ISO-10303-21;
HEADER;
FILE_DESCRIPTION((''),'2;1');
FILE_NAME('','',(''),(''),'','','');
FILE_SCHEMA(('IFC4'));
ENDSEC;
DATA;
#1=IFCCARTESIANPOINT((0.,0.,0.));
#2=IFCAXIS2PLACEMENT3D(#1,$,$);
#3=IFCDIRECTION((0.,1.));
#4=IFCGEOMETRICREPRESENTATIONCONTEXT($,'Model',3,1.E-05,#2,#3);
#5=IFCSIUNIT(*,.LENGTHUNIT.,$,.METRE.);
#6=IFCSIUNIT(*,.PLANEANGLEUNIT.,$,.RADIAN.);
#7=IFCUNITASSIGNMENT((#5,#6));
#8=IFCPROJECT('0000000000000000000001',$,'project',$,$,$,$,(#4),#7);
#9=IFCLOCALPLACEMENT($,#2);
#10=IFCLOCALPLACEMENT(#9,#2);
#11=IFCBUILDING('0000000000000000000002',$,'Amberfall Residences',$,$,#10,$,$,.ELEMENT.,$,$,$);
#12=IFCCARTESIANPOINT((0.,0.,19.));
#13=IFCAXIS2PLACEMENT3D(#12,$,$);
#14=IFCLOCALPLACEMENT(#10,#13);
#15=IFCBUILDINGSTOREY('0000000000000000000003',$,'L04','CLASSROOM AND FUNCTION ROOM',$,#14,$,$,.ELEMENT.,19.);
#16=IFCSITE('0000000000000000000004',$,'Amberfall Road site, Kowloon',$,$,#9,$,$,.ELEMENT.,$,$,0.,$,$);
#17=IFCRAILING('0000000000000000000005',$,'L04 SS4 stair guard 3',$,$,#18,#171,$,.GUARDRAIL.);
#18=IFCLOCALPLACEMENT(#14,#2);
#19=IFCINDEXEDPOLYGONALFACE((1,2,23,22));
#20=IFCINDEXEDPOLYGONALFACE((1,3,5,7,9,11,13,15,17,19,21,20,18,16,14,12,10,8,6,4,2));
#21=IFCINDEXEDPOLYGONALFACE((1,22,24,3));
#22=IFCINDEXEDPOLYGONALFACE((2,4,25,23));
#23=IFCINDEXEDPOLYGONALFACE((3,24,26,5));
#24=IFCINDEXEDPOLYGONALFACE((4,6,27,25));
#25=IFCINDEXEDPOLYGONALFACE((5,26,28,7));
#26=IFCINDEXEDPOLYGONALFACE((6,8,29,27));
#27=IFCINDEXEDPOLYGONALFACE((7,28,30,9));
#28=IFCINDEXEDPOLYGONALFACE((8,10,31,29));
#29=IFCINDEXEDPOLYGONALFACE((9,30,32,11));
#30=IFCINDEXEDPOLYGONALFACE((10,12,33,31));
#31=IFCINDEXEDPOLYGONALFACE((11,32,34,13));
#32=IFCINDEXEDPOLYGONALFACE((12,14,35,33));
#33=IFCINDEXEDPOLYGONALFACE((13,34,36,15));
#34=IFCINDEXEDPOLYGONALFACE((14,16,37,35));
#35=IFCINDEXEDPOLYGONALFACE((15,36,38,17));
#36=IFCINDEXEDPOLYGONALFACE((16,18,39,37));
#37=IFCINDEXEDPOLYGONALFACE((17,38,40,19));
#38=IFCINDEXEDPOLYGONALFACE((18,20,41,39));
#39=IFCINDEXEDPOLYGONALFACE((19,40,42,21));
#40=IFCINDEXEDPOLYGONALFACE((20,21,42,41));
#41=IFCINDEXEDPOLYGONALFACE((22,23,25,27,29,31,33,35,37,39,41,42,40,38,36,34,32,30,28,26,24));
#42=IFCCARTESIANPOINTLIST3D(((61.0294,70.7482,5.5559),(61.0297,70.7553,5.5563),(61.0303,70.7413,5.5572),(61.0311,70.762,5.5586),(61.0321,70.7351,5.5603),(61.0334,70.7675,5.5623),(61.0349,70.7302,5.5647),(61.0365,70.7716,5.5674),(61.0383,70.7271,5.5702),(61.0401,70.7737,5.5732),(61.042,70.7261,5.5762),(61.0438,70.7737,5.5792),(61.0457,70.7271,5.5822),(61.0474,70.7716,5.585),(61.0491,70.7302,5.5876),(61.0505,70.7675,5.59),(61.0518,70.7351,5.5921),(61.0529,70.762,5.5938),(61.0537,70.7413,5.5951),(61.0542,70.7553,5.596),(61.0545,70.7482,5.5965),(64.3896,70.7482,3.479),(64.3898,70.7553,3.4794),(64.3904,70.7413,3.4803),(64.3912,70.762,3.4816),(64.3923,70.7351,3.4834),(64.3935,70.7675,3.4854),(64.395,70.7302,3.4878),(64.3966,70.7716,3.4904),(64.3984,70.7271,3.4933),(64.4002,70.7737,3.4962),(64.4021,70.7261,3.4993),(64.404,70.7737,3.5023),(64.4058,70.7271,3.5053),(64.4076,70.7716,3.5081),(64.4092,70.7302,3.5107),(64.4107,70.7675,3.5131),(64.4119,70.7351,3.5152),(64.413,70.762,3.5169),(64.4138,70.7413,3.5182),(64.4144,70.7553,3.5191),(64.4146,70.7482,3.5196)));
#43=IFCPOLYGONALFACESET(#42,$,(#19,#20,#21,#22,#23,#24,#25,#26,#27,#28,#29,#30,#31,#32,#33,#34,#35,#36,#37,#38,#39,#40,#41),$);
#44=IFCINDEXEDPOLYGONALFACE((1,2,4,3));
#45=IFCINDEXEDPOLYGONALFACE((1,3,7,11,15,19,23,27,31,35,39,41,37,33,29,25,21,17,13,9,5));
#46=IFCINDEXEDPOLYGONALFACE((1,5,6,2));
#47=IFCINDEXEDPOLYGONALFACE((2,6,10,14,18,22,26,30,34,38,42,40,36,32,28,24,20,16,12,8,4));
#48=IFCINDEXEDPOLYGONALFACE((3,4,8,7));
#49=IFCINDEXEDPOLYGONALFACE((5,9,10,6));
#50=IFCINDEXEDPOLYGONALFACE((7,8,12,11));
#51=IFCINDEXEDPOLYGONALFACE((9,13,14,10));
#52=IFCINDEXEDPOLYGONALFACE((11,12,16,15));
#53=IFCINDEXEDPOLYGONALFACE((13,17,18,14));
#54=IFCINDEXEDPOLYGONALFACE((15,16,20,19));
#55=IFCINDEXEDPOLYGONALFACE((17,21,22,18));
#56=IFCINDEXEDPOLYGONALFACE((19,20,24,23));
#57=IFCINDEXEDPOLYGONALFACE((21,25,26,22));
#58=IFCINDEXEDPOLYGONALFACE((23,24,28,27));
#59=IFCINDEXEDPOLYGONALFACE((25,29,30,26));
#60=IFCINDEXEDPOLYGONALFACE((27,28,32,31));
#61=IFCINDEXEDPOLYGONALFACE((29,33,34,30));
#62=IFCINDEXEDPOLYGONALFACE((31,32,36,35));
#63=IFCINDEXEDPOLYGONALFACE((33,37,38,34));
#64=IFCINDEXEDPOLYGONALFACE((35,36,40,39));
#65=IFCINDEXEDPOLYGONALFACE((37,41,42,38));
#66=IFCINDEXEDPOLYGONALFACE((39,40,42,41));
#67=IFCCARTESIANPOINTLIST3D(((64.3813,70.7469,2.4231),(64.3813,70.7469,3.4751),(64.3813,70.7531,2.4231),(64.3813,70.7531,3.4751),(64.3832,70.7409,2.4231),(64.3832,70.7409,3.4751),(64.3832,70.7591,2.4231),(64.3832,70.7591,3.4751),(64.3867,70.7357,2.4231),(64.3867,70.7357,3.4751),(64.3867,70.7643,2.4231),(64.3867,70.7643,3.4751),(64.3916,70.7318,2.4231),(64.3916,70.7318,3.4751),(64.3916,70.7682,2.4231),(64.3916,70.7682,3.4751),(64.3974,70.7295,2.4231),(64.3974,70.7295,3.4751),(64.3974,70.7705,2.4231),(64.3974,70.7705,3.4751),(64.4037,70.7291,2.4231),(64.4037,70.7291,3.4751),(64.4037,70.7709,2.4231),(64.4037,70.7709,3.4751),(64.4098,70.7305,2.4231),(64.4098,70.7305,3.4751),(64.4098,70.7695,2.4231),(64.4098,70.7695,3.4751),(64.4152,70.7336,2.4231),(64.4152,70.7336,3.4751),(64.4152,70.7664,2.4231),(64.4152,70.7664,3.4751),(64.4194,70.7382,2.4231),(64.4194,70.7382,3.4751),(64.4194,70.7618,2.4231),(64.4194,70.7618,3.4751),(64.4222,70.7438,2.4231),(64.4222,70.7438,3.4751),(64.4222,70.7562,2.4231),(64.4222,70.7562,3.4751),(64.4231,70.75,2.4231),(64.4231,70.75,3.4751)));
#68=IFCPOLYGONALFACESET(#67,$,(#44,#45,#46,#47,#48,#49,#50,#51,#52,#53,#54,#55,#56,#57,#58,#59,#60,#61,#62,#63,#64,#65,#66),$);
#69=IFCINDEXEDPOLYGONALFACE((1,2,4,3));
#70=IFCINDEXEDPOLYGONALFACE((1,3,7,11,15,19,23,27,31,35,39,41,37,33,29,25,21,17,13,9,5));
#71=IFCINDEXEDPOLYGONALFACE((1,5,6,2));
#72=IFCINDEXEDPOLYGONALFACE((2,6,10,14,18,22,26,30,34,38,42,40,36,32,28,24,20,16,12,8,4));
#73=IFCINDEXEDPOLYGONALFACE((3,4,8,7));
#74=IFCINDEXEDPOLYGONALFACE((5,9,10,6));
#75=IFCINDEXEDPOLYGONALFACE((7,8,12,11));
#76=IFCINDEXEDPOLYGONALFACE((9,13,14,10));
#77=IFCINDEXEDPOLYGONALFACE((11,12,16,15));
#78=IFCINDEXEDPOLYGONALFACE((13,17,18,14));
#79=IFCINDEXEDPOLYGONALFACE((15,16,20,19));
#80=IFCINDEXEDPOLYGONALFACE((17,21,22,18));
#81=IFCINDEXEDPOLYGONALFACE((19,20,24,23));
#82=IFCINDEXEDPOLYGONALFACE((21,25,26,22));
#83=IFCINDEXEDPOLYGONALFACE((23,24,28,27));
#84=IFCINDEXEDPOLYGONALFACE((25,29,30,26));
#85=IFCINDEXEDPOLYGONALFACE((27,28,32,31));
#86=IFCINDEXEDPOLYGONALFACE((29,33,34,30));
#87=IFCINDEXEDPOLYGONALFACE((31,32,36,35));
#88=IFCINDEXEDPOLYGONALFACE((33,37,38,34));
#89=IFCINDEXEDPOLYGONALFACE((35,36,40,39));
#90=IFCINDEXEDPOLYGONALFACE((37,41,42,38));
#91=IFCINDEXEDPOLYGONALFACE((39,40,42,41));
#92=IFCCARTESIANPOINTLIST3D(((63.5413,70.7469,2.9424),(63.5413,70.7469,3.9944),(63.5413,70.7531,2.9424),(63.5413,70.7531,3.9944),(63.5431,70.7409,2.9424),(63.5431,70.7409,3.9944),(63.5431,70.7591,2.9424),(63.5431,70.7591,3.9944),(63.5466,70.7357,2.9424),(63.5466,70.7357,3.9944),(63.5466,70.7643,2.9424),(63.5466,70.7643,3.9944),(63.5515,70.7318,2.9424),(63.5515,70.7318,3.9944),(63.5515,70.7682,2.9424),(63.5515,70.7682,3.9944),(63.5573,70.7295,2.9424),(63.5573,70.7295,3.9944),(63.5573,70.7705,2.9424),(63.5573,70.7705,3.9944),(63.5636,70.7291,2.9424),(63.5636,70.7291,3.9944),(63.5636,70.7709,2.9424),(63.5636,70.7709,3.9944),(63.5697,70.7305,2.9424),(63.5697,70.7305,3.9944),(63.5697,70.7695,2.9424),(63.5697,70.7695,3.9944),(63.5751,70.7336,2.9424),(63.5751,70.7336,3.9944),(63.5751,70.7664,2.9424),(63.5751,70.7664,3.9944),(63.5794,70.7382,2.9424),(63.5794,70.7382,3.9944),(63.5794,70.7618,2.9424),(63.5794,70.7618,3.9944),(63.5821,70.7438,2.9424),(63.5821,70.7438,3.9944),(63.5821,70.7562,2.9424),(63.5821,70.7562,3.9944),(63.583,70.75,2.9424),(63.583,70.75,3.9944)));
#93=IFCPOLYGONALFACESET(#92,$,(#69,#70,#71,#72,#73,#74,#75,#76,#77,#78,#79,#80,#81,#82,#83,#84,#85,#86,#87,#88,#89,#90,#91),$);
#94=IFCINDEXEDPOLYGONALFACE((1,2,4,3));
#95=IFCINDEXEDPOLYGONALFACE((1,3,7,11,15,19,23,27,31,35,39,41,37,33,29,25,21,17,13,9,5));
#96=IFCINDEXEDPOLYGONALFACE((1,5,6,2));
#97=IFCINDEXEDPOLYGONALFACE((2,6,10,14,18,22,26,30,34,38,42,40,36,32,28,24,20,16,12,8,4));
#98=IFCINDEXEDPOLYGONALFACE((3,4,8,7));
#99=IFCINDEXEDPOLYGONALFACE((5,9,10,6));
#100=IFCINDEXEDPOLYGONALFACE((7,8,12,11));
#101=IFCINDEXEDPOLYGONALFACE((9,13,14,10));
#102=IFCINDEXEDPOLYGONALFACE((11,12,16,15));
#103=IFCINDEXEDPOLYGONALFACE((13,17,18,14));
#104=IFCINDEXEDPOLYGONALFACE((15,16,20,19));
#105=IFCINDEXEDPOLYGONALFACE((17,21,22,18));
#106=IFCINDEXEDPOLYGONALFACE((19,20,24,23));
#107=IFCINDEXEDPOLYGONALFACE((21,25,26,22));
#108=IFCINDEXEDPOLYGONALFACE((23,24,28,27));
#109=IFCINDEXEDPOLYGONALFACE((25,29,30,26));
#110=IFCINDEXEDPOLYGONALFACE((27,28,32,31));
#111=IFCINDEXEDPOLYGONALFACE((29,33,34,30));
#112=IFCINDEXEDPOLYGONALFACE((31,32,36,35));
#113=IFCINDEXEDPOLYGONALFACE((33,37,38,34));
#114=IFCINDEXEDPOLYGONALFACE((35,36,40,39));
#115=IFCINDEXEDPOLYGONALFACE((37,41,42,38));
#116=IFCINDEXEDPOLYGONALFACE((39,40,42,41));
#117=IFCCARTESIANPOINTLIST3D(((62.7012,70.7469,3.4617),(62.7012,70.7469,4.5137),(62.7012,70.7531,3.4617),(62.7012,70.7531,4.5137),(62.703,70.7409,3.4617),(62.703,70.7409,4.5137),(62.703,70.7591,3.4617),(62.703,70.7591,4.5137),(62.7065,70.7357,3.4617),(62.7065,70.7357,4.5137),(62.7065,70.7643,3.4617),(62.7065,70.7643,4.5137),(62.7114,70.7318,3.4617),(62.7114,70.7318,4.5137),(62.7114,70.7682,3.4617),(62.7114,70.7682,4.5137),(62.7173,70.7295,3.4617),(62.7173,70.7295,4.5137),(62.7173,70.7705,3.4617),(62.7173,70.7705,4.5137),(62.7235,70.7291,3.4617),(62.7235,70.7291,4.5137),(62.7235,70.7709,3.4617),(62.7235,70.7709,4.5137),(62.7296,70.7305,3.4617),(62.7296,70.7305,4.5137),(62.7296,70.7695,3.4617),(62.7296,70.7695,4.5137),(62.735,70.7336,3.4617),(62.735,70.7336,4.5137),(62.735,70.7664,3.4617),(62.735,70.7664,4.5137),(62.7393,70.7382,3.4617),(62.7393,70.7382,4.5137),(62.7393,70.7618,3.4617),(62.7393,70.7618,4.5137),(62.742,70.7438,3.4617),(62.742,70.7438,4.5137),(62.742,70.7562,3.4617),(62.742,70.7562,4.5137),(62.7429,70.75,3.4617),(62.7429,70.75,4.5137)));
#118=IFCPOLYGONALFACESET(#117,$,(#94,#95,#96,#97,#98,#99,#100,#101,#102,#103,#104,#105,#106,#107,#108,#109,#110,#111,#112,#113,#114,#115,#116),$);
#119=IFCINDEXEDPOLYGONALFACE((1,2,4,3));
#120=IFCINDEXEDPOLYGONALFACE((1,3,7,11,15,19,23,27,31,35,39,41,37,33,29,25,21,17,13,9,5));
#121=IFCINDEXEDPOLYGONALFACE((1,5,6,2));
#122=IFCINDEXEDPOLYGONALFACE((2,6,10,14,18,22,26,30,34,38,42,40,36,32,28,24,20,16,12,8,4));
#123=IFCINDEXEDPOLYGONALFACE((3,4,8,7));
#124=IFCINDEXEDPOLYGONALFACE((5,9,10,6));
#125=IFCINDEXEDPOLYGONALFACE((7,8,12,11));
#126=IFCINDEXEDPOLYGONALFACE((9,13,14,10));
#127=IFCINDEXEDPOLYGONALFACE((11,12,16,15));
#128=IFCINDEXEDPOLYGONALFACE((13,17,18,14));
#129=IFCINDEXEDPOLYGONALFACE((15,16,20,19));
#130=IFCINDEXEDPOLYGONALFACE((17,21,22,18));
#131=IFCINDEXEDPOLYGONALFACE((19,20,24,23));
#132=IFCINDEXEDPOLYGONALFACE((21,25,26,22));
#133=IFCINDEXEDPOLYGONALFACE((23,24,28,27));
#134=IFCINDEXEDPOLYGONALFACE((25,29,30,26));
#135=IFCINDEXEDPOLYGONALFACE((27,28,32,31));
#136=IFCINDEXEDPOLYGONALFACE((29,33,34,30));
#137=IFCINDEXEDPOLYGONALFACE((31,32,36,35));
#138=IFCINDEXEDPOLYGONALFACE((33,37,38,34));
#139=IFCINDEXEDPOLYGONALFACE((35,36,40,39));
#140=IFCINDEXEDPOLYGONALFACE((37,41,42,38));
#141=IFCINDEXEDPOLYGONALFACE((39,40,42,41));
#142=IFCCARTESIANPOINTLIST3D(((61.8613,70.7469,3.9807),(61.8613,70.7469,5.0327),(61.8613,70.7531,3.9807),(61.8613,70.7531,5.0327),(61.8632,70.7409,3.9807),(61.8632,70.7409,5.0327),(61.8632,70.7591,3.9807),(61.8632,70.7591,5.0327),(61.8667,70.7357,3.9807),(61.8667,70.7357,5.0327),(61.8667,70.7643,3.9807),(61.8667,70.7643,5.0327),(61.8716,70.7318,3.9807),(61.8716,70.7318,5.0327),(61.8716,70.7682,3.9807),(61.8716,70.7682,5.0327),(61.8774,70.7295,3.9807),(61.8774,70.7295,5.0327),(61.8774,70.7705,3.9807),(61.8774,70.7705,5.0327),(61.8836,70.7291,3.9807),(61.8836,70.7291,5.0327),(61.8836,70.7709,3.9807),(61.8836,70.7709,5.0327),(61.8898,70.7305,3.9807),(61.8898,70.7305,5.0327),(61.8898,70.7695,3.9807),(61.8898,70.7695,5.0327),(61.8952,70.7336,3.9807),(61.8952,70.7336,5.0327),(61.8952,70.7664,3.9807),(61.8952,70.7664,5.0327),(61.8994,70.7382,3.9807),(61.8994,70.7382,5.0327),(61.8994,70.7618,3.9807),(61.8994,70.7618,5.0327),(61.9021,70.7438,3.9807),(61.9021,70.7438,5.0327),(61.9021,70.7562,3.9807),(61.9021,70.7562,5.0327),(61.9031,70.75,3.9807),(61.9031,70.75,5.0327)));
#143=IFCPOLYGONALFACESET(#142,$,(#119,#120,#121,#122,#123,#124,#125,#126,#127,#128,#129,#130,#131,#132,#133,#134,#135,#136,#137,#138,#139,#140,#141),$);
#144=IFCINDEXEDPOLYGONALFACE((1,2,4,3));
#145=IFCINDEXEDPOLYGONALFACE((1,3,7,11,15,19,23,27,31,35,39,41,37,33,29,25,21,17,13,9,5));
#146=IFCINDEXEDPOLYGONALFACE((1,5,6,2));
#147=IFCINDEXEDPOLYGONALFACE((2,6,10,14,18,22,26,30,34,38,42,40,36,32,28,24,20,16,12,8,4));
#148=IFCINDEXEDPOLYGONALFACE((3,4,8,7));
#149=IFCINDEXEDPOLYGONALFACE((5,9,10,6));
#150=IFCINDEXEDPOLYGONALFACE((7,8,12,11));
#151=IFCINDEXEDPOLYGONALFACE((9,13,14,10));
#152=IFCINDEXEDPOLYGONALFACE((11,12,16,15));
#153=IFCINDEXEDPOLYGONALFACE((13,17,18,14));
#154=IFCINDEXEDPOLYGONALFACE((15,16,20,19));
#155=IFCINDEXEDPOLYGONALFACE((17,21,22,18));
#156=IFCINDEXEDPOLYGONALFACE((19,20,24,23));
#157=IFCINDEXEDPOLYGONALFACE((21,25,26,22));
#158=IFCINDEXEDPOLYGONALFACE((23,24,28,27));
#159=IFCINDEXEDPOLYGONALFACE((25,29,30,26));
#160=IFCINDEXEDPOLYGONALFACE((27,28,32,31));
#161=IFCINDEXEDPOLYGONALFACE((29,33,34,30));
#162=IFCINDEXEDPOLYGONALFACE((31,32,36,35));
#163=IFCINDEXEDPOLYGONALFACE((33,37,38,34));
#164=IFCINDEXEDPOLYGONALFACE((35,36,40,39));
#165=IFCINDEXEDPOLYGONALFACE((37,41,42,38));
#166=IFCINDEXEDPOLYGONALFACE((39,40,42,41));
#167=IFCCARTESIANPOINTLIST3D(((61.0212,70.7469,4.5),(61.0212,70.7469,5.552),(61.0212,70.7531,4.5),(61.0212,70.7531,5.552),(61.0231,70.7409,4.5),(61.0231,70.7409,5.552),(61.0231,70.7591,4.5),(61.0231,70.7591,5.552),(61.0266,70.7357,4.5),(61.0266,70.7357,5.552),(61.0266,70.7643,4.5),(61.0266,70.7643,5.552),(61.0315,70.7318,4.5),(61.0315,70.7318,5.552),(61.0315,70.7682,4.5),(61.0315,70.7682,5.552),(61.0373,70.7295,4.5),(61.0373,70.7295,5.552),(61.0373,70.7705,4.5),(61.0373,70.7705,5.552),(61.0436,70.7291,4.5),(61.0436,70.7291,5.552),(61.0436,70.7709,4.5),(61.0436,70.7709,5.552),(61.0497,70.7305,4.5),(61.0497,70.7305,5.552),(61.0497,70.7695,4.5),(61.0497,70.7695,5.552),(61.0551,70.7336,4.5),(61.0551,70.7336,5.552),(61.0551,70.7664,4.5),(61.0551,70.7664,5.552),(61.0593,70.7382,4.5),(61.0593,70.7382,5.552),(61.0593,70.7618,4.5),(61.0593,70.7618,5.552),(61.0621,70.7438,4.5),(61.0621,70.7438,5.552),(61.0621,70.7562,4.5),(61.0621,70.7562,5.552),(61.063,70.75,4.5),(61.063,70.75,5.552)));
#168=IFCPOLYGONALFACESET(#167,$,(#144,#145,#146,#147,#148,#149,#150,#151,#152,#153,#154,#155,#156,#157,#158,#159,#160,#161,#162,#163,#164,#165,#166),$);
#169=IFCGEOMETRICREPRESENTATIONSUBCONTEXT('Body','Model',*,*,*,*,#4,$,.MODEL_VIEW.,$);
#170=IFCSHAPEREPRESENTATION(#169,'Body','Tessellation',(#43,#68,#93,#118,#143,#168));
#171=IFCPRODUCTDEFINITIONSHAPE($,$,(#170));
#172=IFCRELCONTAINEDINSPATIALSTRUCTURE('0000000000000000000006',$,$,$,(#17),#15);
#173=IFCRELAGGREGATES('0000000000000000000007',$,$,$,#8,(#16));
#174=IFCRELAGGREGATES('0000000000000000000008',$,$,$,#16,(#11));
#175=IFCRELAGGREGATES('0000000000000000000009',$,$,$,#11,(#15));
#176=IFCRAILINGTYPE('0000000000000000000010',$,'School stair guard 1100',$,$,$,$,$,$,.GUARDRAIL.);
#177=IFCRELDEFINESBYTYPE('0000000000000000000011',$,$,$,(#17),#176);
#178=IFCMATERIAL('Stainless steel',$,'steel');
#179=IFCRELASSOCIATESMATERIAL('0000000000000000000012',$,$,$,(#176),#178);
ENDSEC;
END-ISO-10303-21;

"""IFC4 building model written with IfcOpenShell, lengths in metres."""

from ifc_helpers import new_model, si_unit, direction, frame, origin, origin_2d, place, context, subcontext, project, spatial, circle, extrude, material, type_object, element, save


model = new_model("IFC4")

# Units and contexts
model_context = context("Model", 3, precision=1e-05, world=origin(), true_north=direction((0.0, 1.0)))
body_context = subcontext(model_context, "Body", "Model", "MODEL_VIEW")
ifc_project = project(units=[si_unit("LENGTHUNIT", "METRE"), si_unit("PLANEANGLEUNIT", "RADIAN")], contexts=[model_context])

# Site, building, storey
site_placement = place(None, origin())
site = spatial("IfcSite", under=ifc_project, at=site_placement, Name="Amberfall Road site, Kowloon", CompositionType="ELEMENT", RefElevation=0.0)
building_placement = place(site_placement, origin())
building = spatial("IfcBuilding", under=site, at=building_placement, Name="Amberfall Residences", CompositionType="ELEMENT")
storey_placement = place(building_placement, frame((0.0, 0.0, 19.0)))
storey = spatial("IfcBuildingStorey", under=building, at=storey_placement, Name="L04", Description="CLASSROOM AND FUNCTION ROOM", CompositionType="ELEMENT", Elevation=19.0)

# Railing
ifc_material_1 = material(Name="Stainless steel", Category="steel")
railing_type_1 = type_object("IfcRailingType", Name="School stair guard 1100", PredefinedType="GUARDRAIL", material=ifc_material_1)
railing_1_placement = place(storey_placement, frame((64.4021, 70.75, 2.4231)))
element("IfcRailing", 1, at=railing_1_placement, inside=storey, type_object=railing_type_1, Name="L04 SS4 stair guard 3", PredefinedType="GUARDRAIL", context=body_context, shape_type="SweptSolid", body=[
    extrude(circle(Radius=0.0239, at=origin_2d()), frame((0.0, 0.0, 1.0762), z_axis=(-0.850623, 0.0, 0.525776), x_axis=(0.0, -1.0, 0.0)), (0.0, 0.0, 1.0), 3.9502),
    extrude(circle(Radius=0.021, at=origin_2d()), origin(), (0.0, 0.0, 1.0), 1.052),
    extrude(circle(Radius=0.021, at=origin_2d()), frame((-0.8401, 0.0, 0.5193)), (0.0, 0.0, 1.0), 1.052),
    extrude(circle(Radius=0.021, at=origin_2d()), frame((-1.6802, 0.0, 1.0386)), (0.0, 0.0, 1.0), 1.052),
    extrude(circle(Radius=0.021, at=origin_2d()), frame((-2.52, 0.0, 1.5576)), (0.0, 0.0, 1.0), 1.052),
    extrude(circle(Radius=0.021, at=origin_2d()), frame((-3.3601, 0.0, 2.0769)), (0.0, 0.0, 1.0), 1.052),
])

save(model, "model.ifc")
